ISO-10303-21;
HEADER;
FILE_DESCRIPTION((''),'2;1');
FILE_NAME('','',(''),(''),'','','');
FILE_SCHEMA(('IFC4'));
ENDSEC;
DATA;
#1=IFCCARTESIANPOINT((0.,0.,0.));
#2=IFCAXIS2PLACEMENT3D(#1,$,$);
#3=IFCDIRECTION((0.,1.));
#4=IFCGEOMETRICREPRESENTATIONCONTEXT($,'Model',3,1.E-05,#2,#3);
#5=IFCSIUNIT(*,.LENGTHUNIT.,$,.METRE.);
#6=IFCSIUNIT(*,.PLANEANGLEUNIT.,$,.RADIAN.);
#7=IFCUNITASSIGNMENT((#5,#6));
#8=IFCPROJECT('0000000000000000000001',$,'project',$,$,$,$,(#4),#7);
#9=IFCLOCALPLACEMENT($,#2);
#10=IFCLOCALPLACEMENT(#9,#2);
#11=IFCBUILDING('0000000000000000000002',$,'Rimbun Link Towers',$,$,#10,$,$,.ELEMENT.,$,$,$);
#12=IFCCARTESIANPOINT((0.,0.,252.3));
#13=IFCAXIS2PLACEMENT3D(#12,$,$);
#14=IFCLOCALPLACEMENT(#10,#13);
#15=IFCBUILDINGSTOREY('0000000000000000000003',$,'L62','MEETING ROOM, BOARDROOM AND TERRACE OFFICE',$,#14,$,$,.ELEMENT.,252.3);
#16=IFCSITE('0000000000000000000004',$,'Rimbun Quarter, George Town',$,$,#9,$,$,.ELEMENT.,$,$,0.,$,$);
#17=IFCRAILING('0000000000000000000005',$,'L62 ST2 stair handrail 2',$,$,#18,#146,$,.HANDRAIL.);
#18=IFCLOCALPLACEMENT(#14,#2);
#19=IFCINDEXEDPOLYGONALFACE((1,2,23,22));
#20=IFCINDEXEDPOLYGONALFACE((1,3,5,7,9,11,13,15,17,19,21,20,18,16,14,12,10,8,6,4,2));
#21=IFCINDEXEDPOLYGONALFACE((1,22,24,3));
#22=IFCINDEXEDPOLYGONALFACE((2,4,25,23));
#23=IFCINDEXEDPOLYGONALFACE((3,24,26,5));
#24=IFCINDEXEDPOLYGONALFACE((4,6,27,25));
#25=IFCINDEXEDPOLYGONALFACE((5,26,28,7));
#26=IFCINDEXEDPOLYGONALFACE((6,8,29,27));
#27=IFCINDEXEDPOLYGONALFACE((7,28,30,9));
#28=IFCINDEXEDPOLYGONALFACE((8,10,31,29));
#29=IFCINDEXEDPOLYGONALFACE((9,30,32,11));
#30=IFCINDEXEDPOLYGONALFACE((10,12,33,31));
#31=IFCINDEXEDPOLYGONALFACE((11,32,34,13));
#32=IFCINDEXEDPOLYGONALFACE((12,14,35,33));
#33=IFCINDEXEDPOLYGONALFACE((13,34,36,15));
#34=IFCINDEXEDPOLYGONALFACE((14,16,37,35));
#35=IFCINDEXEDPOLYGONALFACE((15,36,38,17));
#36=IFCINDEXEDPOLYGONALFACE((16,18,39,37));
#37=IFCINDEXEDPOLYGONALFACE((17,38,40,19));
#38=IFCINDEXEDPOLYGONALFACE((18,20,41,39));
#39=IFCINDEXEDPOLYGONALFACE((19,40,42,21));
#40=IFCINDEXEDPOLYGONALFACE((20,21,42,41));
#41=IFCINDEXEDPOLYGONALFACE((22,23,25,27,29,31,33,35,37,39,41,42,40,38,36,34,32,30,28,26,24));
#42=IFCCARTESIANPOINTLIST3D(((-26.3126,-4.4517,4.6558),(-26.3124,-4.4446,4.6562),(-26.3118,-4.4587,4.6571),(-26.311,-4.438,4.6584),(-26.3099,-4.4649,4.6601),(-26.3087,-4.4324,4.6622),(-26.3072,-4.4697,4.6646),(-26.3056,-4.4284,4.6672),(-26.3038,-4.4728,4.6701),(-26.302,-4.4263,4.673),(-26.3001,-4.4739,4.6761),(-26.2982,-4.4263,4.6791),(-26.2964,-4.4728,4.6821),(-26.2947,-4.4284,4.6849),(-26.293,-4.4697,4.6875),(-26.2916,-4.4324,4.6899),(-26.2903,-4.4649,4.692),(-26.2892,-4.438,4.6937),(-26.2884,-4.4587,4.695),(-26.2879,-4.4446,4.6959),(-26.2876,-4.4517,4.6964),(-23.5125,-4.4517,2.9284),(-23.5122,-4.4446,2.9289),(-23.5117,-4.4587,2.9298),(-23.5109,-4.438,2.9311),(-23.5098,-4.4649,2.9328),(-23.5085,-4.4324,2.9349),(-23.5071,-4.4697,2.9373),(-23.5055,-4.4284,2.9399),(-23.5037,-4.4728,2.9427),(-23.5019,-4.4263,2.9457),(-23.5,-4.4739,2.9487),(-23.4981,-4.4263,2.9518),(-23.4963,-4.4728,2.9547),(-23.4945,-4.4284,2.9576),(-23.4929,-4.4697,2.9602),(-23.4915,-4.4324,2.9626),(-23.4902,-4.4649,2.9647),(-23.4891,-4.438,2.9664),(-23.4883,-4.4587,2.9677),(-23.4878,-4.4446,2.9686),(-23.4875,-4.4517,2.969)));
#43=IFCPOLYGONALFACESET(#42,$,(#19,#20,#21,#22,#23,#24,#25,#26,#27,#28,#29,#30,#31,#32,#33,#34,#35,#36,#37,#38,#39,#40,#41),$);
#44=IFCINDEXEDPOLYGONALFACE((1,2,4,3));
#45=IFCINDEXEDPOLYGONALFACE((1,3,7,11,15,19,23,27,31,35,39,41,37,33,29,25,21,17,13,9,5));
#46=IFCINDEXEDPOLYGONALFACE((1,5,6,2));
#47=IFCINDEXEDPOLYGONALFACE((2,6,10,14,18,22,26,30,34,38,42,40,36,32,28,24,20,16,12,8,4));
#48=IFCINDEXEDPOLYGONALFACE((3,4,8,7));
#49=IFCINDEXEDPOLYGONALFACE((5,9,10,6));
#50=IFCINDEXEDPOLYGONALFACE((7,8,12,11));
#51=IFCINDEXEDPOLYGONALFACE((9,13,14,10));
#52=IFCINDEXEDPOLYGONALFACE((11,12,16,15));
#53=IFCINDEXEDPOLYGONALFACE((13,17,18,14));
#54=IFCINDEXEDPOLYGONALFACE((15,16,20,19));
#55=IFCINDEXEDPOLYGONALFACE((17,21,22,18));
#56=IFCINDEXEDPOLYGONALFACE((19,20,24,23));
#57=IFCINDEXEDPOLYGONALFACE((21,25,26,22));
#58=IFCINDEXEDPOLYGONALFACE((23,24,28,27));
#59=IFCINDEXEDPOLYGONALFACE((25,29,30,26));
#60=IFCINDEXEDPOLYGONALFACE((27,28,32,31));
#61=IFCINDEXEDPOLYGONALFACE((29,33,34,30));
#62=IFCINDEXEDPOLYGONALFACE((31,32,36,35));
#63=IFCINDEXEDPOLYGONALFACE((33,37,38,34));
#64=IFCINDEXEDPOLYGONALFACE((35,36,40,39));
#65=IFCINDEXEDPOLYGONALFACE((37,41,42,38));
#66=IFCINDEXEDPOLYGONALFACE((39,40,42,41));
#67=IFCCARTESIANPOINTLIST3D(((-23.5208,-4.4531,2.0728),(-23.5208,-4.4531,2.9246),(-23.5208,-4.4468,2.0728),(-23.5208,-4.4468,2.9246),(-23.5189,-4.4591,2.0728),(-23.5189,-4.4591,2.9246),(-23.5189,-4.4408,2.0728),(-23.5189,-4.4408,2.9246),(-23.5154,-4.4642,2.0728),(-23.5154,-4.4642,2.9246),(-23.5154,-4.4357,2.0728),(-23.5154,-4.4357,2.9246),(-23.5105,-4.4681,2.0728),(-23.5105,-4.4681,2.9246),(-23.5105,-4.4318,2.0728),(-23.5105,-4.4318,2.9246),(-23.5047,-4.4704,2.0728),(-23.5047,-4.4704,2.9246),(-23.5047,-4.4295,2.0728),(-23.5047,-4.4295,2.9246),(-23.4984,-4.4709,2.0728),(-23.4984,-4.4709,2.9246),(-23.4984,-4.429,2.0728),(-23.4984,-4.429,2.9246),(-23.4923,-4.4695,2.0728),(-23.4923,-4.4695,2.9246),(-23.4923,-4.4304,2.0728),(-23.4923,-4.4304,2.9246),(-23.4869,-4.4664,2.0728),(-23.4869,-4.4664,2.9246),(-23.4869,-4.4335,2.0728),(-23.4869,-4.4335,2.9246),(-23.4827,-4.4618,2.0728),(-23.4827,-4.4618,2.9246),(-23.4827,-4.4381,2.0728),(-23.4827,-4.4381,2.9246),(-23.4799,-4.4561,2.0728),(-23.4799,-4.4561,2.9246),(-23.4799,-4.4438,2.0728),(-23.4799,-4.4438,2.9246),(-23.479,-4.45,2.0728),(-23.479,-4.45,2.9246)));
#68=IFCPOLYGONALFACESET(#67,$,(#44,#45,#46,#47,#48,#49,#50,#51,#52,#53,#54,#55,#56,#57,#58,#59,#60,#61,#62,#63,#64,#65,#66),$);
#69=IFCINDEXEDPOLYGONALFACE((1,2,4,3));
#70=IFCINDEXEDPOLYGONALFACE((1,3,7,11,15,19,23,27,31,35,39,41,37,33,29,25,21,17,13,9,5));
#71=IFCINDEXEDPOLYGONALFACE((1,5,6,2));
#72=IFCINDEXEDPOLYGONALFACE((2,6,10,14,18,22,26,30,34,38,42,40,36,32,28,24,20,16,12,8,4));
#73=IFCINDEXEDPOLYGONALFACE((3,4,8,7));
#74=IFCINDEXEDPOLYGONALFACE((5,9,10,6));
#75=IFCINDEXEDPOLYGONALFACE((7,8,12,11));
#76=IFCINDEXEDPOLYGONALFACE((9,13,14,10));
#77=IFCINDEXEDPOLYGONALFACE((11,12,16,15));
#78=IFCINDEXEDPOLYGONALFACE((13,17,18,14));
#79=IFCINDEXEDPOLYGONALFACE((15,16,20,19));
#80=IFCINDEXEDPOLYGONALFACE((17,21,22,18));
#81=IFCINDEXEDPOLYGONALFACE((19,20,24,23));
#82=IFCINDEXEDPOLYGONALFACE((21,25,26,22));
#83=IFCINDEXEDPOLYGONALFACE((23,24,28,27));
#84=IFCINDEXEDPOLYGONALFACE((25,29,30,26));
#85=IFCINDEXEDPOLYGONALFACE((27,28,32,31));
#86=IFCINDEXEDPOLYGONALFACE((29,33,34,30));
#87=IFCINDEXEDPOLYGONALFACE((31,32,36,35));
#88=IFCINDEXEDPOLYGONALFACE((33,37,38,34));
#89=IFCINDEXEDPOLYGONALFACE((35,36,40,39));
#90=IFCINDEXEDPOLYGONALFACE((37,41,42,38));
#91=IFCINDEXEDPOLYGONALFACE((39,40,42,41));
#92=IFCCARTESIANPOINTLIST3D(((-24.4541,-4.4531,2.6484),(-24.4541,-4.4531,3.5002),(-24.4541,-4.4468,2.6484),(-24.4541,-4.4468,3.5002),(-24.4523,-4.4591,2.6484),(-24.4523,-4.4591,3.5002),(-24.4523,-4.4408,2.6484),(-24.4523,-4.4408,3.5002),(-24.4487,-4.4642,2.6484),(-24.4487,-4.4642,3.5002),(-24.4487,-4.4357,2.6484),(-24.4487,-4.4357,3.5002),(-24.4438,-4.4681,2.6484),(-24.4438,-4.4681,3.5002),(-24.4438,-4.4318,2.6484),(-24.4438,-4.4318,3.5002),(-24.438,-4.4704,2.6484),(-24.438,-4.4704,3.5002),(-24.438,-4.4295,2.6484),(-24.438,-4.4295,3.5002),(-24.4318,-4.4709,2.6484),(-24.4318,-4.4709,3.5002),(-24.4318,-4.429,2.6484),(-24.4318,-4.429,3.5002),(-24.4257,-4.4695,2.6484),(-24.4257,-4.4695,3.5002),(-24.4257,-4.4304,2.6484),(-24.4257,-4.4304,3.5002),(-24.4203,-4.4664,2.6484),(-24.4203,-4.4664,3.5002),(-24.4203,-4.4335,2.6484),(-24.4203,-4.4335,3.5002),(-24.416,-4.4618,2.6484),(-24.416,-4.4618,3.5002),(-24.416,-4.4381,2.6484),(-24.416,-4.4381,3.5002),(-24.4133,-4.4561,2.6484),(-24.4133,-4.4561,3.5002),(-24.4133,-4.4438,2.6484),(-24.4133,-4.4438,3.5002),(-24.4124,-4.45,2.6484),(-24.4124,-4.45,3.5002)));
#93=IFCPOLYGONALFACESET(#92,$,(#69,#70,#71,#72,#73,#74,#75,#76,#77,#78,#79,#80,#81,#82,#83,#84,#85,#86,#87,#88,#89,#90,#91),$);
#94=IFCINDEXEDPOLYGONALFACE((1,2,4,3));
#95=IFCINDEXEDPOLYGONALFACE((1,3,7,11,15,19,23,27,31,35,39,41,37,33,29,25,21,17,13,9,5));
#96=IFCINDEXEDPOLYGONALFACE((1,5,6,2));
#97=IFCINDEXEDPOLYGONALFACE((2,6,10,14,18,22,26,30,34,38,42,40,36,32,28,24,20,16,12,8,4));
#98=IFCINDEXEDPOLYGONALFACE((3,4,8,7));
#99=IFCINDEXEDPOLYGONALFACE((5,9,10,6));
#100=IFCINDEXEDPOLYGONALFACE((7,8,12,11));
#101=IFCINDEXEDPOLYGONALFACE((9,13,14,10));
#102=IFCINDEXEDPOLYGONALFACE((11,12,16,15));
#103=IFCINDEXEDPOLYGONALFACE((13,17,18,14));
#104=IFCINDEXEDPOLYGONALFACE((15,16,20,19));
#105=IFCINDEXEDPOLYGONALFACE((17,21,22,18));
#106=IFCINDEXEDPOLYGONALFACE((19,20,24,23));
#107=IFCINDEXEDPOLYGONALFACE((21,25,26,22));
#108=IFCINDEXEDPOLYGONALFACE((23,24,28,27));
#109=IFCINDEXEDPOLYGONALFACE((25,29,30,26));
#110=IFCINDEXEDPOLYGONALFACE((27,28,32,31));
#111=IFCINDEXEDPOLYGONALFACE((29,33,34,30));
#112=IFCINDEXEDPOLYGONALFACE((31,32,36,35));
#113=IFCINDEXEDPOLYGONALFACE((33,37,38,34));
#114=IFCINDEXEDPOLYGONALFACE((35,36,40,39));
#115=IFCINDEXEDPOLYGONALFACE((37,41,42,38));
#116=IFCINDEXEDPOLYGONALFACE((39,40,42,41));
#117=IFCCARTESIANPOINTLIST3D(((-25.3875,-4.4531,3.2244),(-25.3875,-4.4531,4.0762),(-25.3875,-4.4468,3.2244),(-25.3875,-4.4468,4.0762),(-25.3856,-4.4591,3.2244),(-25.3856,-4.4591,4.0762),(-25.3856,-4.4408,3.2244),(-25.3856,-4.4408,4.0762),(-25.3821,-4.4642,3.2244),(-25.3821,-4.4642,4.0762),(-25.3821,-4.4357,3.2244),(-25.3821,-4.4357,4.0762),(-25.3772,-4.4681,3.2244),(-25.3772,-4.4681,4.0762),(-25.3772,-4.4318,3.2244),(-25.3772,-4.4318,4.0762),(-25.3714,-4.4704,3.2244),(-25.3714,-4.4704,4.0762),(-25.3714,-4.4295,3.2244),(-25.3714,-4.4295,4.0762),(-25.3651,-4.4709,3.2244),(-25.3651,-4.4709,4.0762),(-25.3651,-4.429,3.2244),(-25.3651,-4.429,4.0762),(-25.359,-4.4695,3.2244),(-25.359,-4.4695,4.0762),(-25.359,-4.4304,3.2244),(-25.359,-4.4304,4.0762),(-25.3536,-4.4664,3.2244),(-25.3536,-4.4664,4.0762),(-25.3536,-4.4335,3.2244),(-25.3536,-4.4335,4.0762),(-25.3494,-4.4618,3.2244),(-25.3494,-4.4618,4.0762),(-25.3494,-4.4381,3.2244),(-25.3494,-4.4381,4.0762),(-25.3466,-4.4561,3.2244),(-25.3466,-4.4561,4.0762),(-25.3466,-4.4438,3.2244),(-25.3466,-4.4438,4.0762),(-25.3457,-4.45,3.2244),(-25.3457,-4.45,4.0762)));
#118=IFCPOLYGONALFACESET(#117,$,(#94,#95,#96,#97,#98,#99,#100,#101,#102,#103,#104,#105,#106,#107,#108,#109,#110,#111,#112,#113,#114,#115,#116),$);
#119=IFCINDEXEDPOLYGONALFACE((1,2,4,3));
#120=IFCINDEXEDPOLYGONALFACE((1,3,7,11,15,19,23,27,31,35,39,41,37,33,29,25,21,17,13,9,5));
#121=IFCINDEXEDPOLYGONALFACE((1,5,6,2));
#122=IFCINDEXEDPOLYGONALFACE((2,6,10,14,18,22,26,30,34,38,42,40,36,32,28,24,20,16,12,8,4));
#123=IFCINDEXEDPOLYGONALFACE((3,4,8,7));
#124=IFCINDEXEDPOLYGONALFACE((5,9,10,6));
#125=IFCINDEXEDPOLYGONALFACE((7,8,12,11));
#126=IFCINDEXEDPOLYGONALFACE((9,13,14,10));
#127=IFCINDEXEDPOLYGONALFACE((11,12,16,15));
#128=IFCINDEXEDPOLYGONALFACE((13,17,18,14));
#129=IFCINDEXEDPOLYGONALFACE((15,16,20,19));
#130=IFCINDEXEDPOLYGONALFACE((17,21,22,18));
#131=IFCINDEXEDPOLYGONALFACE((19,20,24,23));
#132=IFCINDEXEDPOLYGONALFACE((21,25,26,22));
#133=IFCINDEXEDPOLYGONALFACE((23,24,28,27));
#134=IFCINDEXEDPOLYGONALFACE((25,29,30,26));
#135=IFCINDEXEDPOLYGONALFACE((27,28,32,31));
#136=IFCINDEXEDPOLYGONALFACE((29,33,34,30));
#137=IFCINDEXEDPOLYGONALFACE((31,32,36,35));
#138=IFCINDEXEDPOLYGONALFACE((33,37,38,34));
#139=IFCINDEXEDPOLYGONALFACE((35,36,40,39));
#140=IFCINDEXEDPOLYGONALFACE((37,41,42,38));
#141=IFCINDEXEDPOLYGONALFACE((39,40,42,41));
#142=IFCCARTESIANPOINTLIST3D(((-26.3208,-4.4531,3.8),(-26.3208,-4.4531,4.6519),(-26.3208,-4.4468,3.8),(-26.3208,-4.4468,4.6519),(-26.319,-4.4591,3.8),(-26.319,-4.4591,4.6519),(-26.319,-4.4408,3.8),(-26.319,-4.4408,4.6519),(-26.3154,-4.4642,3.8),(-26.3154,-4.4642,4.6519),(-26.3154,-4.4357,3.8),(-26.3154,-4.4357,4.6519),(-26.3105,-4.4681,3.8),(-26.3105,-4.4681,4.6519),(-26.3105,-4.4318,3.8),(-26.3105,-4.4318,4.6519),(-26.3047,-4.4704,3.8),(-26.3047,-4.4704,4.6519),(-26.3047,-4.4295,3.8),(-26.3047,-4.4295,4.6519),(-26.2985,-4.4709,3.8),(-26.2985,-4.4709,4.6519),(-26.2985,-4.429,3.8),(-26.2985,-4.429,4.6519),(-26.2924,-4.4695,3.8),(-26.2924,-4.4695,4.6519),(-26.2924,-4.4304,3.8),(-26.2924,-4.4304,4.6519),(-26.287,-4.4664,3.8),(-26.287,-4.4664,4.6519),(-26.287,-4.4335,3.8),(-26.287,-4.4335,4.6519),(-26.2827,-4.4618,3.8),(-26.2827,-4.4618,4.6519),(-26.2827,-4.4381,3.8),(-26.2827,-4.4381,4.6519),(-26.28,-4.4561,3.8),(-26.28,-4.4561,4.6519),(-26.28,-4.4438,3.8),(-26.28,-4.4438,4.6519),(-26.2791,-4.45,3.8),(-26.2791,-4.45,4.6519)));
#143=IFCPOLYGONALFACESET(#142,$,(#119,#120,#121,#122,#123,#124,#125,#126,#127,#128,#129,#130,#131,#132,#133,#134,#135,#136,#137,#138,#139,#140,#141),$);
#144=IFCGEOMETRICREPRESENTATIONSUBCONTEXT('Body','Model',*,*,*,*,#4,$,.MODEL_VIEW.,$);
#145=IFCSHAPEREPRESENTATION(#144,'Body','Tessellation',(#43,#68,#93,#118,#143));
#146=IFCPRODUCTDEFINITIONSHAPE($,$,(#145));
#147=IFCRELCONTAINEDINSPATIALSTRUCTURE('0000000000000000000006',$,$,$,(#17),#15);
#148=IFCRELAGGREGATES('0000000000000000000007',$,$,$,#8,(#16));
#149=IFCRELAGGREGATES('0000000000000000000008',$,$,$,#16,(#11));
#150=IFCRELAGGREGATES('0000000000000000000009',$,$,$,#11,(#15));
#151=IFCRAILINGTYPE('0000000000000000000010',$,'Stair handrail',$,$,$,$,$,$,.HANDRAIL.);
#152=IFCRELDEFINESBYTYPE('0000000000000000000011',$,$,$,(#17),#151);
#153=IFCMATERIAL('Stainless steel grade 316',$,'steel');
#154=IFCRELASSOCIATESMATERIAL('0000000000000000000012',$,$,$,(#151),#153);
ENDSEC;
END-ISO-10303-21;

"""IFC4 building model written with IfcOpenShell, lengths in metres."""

from ifc_helpers import new_model, si_unit, direction, frame, origin, origin_2d, place, context, subcontext, project, spatial, circle, extrude, material, type_object, element, save


model = new_model("IFC4")

# Units and contexts
model_context = context("Model", 3, precision=1e-05, world=origin(), true_north=direction((0.0, 1.0)))
body_context = subcontext(model_context, "Body", "Model", "MODEL_VIEW")
ifc_project = project(units=[si_unit("LENGTHUNIT", "METRE"), si_unit("PLANEANGLEUNIT", "RADIAN")], contexts=[model_context])

# Site, building, storey
site_placement = place(None, origin())
site = spatial("IfcSite", under=ifc_project, at=site_placement, Name="Rimbun Quarter, George Town", CompositionType="ELEMENT", RefElevation=0.0)
building_placement = place(site_placement, origin())
building = spatial("IfcBuilding", under=site, at=building_placement, Name="Rimbun Link Towers", CompositionType="ELEMENT")
storey_placement = place(building_placement, frame((0.0, 0.0, 252.3)))
storey = spatial("IfcBuildingStorey", under=building, at=storey_placement, Name="L62", Description="MEETING ROOM, BOARDROOM AND TERRACE OFFICE", CompositionType="ELEMENT", Elevation=252.3)

# Railing
ifc_material_1 = material(Name="Stainless steel grade 316", Category="steel")
railing_type_1 = type_object("IfcRailingType", Name="Stair handrail", PredefinedType="HANDRAIL", material=ifc_material_1)
railing_1_placement = place(storey_placement, frame((-23.5, -4.45, 2.0728)))
element("IfcRailing", 1, at=railing_1_placement, inside=storey, type_object=railing_type_1, Name="L62 ST2 stair handrail 2", PredefinedType="HANDRAIL", context=body_context, shape_type="SweptSolid", body=[
    extrude(circle(Radius=0.0239, at=origin_2d()), frame((0.0, 0.0, 0.876), z_axis=(-0.85109, 0.0, 0.52502), x_axis=(0.0, -1.0, 0.0)), (0.0, 0.0, 1.0), 3.29),
    extrude(circle(Radius=0.021, at=origin_2d()), origin(), (0.0, 0.0, 1.0), 0.8518),
    extrude(circle(Radius=0.021, at=origin_2d()), frame((-0.9333, 0.0, 0.5757)), (0.0, 0.0, 1.0), 0.8518),
    extrude(circle(Radius=0.021, at=origin_2d()), frame((-1.8667, 0.0, 1.1516)), (0.0, 0.0, 1.0), 0.8518),
    extrude(circle(Radius=0.021, at=origin_2d()), frame((-2.8, 0.0, 1.7273)), (0.0, 0.0, 1.0), 0.8518),
])

save(model, "model.ifc")
